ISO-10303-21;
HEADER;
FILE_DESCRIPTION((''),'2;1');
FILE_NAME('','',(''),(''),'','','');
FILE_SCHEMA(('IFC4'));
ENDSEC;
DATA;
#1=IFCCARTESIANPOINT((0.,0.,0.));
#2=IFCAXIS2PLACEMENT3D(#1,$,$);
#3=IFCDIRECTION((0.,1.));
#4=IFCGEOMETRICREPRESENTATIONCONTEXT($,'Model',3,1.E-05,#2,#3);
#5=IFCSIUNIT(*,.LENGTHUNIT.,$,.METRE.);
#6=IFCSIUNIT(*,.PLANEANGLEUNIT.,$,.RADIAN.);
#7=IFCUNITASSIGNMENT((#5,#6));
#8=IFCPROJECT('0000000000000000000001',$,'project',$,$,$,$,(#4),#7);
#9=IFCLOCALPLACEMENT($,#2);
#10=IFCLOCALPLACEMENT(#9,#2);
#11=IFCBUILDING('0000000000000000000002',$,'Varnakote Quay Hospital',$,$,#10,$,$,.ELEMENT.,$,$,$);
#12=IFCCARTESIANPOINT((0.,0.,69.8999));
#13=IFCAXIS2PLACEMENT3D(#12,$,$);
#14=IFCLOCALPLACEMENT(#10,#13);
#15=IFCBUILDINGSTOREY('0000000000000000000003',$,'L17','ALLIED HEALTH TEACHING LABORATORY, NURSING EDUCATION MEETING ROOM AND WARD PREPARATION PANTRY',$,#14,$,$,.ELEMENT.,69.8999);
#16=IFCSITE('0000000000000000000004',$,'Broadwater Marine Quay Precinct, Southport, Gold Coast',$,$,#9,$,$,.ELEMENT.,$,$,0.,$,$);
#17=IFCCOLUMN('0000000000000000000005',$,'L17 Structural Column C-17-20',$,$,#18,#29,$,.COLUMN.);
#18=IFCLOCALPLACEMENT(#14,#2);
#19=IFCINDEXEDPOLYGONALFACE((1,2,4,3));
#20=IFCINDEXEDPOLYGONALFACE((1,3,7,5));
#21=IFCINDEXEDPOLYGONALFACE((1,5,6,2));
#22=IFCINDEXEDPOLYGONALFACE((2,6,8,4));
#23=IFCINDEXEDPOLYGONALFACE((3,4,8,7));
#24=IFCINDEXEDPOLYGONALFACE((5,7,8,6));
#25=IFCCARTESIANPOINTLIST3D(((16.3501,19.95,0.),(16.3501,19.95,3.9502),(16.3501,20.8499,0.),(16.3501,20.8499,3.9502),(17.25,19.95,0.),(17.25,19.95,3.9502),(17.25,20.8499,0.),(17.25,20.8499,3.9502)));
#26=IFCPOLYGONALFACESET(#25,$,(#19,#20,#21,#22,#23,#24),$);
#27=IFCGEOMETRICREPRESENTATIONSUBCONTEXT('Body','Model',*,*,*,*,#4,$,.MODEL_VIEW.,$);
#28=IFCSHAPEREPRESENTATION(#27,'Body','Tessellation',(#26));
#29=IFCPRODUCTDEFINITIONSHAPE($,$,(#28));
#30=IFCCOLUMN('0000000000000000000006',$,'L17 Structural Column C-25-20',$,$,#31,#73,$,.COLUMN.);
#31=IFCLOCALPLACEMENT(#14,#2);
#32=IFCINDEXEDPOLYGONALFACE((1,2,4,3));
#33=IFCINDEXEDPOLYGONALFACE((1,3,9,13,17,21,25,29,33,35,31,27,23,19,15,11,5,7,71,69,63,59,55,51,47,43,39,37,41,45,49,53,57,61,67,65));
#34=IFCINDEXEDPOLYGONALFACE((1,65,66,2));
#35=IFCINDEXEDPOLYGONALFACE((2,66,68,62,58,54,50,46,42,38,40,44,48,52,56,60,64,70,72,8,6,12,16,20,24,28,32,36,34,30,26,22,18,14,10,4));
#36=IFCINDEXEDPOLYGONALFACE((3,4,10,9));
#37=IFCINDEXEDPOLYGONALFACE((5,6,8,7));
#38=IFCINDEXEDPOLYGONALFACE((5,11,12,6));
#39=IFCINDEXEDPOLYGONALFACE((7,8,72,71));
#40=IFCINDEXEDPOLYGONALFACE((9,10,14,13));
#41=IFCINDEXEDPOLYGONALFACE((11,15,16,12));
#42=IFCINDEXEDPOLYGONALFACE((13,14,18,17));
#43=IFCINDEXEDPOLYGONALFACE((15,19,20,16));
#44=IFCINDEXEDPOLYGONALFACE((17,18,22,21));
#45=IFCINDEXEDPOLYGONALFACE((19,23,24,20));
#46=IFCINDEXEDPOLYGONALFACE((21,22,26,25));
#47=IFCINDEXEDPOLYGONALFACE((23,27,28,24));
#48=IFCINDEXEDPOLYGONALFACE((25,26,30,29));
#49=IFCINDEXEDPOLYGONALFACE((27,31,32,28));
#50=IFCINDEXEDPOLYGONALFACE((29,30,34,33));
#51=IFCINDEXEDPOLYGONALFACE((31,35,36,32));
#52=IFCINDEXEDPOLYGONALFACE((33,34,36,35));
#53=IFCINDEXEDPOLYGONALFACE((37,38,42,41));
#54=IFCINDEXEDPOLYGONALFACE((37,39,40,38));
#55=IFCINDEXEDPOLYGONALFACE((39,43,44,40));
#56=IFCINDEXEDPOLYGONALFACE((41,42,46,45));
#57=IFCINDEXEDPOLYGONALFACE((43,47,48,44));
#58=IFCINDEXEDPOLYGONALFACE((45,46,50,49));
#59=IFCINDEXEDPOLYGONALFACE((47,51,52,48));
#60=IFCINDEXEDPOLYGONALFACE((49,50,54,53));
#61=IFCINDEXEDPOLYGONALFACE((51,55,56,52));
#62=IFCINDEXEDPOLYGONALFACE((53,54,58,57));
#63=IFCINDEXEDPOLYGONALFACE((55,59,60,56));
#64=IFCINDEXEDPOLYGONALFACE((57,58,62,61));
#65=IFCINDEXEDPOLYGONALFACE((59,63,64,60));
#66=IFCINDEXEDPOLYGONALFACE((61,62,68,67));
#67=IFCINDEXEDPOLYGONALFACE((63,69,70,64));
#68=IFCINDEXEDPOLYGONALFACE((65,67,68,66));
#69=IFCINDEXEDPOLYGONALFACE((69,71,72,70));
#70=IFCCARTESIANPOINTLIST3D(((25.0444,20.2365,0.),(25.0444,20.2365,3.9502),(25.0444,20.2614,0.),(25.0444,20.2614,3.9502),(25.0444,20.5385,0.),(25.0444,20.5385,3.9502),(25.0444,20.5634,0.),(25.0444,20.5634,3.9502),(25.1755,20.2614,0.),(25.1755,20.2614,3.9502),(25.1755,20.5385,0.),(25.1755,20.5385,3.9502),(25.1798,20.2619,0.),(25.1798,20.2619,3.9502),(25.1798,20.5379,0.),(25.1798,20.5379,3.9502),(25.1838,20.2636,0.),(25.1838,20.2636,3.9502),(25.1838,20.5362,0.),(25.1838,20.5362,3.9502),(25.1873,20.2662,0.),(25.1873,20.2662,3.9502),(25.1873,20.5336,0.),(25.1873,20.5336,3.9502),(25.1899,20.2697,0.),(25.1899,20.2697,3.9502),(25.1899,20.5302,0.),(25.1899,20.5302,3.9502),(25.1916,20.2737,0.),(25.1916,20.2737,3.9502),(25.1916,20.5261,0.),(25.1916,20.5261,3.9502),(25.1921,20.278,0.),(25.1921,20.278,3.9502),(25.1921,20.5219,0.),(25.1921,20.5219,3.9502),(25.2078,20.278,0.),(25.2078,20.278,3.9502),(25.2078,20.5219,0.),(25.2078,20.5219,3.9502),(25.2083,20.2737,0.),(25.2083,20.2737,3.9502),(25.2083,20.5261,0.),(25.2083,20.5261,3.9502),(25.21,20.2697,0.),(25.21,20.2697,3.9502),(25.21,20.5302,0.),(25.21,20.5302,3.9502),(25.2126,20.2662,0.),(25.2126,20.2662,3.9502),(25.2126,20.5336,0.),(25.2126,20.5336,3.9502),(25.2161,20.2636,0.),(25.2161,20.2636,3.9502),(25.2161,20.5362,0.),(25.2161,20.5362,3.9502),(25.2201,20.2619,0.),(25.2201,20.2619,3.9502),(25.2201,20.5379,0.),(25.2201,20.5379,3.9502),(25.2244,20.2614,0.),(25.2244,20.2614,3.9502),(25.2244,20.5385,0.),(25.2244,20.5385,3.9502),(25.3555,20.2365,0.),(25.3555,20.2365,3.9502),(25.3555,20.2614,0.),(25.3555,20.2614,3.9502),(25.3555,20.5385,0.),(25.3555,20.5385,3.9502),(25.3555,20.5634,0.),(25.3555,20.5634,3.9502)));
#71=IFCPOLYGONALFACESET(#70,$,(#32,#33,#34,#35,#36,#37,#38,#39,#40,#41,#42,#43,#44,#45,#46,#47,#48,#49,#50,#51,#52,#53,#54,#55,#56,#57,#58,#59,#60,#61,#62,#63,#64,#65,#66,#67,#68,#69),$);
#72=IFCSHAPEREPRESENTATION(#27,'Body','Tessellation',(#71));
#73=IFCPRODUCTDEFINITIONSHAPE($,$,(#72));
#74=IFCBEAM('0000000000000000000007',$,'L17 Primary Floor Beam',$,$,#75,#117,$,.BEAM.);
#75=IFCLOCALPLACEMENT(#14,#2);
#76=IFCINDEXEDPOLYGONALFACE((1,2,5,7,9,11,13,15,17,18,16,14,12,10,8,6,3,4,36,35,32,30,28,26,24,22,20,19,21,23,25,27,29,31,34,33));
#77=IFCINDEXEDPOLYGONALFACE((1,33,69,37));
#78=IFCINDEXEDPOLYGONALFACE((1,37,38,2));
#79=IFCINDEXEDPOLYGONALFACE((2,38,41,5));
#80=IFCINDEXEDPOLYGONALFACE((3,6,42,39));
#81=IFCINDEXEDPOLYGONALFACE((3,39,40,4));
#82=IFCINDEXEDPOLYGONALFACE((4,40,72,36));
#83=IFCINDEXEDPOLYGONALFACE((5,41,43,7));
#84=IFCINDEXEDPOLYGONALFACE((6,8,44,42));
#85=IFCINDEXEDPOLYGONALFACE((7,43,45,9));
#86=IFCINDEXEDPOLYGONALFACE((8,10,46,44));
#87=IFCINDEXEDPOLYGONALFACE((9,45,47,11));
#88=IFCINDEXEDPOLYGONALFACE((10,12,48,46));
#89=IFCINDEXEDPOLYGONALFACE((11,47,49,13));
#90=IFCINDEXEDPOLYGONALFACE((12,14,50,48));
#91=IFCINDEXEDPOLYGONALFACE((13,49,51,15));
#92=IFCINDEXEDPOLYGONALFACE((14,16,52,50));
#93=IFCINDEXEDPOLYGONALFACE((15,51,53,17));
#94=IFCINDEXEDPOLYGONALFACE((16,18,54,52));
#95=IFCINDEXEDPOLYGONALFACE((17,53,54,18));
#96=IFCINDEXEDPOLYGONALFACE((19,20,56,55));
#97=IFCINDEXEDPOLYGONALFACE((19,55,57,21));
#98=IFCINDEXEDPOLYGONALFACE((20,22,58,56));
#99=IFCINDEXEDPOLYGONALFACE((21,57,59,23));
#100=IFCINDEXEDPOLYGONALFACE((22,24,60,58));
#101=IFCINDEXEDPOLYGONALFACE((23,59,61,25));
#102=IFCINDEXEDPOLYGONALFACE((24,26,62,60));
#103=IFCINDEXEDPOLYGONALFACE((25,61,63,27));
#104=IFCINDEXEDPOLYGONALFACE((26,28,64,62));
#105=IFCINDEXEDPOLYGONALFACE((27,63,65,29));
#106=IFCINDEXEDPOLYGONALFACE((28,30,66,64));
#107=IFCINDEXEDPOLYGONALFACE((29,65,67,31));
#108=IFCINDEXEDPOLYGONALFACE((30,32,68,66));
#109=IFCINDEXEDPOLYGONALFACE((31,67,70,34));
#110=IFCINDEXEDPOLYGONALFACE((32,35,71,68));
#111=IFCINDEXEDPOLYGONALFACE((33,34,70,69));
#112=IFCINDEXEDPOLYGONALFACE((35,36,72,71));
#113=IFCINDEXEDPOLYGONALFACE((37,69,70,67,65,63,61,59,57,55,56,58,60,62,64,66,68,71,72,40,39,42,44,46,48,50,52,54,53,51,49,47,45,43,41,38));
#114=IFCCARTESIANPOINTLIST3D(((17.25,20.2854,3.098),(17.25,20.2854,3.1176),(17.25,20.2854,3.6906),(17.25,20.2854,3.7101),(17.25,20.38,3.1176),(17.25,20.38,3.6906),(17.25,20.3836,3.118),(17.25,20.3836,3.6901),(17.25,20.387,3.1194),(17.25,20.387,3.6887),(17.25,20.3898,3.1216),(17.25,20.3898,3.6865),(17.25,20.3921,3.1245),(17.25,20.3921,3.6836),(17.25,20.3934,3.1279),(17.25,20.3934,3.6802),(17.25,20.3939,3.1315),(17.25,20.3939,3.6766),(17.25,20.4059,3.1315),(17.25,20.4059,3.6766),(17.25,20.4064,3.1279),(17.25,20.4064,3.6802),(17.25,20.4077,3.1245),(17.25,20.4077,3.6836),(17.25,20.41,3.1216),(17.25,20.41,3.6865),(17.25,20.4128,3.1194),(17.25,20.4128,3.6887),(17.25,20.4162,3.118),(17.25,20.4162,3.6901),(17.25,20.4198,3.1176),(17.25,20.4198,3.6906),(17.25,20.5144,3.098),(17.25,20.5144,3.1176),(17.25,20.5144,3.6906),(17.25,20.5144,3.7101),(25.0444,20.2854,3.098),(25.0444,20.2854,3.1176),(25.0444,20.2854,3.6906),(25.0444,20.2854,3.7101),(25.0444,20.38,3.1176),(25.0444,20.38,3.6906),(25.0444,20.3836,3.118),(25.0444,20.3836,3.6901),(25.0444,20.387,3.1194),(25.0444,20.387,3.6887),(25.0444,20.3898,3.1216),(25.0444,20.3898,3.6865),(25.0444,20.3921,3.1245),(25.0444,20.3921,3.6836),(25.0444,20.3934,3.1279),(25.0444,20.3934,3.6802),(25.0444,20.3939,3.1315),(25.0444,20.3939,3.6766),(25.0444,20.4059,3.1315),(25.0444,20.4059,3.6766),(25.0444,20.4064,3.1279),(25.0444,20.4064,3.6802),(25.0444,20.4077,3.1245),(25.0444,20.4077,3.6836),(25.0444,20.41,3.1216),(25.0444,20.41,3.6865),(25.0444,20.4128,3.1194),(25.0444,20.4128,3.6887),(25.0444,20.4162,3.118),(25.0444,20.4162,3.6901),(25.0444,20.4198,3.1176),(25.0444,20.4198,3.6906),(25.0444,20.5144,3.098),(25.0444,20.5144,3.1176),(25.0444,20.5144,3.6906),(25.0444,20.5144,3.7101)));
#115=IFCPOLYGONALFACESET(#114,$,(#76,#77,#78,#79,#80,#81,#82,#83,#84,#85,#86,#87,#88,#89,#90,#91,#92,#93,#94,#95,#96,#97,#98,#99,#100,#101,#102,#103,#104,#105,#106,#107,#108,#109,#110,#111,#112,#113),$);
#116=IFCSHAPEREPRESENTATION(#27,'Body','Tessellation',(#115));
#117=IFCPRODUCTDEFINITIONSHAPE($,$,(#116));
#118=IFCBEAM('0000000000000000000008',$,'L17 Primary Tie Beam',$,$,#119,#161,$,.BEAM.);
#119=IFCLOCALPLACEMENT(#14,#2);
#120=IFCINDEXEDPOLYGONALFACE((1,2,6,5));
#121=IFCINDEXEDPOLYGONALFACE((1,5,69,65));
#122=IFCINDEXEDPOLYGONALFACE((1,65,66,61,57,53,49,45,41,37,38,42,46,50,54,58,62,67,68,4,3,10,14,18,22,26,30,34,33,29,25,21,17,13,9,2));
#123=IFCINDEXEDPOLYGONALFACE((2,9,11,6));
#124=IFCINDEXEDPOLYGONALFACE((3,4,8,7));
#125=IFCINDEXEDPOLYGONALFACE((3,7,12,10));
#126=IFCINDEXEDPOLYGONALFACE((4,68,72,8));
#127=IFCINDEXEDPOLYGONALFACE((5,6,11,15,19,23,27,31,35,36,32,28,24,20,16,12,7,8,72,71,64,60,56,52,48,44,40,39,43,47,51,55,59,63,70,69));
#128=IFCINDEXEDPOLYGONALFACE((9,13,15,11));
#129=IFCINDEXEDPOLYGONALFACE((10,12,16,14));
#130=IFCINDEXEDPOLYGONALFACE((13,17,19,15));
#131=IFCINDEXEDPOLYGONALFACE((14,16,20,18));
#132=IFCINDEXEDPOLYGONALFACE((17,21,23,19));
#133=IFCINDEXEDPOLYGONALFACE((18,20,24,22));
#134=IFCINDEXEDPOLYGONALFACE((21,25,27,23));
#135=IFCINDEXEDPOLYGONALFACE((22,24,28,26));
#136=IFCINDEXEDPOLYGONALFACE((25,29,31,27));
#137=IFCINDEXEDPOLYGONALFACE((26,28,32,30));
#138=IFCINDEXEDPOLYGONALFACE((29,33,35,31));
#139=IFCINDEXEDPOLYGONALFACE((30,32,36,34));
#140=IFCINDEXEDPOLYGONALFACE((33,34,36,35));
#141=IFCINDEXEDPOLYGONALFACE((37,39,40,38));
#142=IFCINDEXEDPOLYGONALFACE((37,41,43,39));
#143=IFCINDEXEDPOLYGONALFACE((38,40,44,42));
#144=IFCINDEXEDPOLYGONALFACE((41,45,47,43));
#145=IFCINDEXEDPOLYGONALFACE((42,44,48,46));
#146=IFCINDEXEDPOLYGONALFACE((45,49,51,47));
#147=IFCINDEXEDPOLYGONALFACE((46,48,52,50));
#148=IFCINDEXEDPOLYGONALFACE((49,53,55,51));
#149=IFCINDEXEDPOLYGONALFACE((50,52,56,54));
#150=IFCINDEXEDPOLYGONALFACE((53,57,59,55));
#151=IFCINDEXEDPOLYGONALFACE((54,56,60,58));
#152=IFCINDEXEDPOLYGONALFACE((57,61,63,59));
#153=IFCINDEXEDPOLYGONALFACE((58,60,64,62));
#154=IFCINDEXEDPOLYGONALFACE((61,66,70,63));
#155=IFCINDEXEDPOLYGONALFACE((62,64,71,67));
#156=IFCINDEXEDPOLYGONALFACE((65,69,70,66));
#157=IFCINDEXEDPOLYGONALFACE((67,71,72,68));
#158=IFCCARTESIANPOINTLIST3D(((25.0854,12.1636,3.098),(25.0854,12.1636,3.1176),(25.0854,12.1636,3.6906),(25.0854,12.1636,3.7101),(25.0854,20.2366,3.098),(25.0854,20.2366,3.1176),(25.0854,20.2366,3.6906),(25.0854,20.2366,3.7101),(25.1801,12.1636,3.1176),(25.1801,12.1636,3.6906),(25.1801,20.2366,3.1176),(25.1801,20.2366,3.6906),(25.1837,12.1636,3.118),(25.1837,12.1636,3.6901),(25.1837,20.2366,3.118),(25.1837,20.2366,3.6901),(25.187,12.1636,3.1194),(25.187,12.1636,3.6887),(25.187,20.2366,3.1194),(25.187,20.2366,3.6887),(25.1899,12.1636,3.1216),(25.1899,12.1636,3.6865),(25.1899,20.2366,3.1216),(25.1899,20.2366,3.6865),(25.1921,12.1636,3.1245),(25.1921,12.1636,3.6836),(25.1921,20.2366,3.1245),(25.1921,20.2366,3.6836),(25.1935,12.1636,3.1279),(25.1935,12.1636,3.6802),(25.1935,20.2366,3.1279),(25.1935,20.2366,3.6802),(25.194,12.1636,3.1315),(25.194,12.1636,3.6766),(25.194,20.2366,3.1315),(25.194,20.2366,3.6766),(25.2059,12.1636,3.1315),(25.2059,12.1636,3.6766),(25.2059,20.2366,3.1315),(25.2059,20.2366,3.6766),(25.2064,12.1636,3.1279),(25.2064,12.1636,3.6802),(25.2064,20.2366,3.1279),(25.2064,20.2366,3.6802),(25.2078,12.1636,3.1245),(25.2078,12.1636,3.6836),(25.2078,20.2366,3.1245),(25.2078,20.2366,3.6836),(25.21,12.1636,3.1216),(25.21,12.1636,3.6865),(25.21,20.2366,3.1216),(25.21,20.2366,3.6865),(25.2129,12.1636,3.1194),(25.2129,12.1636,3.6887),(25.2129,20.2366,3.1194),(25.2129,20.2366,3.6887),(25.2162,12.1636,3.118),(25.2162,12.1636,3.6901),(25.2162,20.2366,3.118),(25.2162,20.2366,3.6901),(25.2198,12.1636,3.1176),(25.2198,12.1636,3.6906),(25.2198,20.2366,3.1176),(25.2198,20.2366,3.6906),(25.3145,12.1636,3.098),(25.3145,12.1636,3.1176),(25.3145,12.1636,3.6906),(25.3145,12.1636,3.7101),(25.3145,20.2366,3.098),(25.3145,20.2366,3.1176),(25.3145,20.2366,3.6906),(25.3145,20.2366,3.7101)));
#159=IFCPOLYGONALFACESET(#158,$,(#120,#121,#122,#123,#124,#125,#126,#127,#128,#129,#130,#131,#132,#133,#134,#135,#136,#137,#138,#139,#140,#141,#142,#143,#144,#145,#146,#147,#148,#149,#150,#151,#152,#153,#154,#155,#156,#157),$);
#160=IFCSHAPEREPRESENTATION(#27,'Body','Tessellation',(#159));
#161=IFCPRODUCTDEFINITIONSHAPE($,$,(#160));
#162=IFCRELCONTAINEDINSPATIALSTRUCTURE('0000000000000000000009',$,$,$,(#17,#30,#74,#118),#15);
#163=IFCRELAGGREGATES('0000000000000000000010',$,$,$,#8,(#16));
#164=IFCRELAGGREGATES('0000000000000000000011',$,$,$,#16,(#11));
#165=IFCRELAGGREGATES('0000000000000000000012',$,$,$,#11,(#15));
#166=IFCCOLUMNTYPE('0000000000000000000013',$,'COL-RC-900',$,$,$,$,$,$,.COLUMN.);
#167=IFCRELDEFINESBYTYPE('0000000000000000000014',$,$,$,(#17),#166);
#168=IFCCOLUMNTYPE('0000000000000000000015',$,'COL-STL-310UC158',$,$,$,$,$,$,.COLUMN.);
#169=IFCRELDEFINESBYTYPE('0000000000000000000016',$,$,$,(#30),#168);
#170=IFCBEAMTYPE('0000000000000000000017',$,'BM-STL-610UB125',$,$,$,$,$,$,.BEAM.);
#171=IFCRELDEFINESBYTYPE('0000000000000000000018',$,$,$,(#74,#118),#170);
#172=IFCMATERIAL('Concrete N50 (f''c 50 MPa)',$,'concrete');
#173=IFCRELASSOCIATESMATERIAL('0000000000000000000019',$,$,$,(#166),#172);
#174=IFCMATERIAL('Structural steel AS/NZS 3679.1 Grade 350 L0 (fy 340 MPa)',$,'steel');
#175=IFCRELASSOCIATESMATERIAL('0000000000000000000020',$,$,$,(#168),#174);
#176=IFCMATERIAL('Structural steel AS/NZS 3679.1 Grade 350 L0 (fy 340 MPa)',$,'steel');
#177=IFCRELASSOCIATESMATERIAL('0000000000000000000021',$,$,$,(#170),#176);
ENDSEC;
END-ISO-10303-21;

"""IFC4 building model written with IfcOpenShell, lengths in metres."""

from ifc_helpers import new_model, si_unit, direction, frame, origin, origin_2d, place, context, subcontext, project, spatial, rectangle, i_section, extrude, material, material_profile, profile_set, type_object, element, save


model = new_model("IFC4")

# Units and contexts
model_context = context("Model", 3, precision=1e-05, world=origin(), true_north=direction((0.0, 1.0)))
body_context = subcontext(model_context, "Body", "Model", "MODEL_VIEW")
ifc_project = project(units=[si_unit("LENGTHUNIT", "METRE"), si_unit("PLANEANGLEUNIT", "RADIAN")], contexts=[model_context])

# Site, building, storey
site_placement = place(None, origin())
site = spatial("IfcSite", under=ifc_project, at=site_placement, Name="Broadwater Marine Quay Precinct, Southport, Gold Coast", CompositionType="ELEMENT", RefElevation=0.0)
building_placement = place(site_placement, origin())
building = spatial("IfcBuilding", under=site, at=building_placement, Name="Varnakote Quay Hospital", CompositionType="ELEMENT")
storey_placement = place(building_placement, frame((0.0, 0.0, 69.8999)))
storey = spatial("IfcBuildingStorey", under=building, at=storey_placement, Name="L17", Description="ALLIED HEALTH TEACHING LABORATORY, NURSING EDUCATION MEETING ROOM AND WARD PREPARATION PANTRY", CompositionType="ELEMENT", Elevation=69.8999)

# Columns
ifc_material_1 = material(Name="Concrete N50 (f'c 50 MPa)", Category="concrete")
ifc_material_profile_1 = material_profile(ifc_material_1, rectangle(XDim=0.8999, YDim=0.8999, at=origin_2d()), Name="RC-COL-900x900")
ifc_profile_set_1 = profile_set([ifc_material_profile_1], Name="Concrete N50 (f'c 50 MPa)")
column_type_1 = type_object("IfcColumnType", Name="COL-RC-900", PredefinedType="COLUMN", material=ifc_profile_set_1)
column_1_placement = place(storey_placement, frame((16.8, 20.3999, 0.0), z_axis=(0.0, 0.0, 1.0), x_axis=(1.0, 0.0, 0.0)))
element("IfcColumn", 1, at=column_1_placement, inside=storey, type_object=column_type_1, Name="L17 Structural Column C-17-20", PredefinedType="COLUMN", context=body_context, shape_type="SweptSolid", body=[
    extrude(rectangle(XDim=0.8999, YDim=0.8999, at=origin_2d()), origin(), (0.0, 0.0, 1.0), 3.9502),
])
ifc_material_2 = material(Name="Structural steel AS/NZS 3679.1 Grade 350 L0 (fy 340 MPa)", Category="steel")
ifc_material_profile_2 = material_profile(ifc_material_2, i_section(OverallWidth=0.311, OverallDepth=0.3269, WebThickness=0.0156, FlangeThickness=0.0249, FilletRadius=0.0166, at=origin_2d()), Name="310UC158")
ifc_profile_set_2 = profile_set([ifc_material_profile_2], Name="Structural steel AS/NZS 3679.1 Grade 350 L0 (fy 340 MPa)")
column_type_2 = type_object("IfcColumnType", Name="COL-STL-310UC158", PredefinedType="COLUMN", material=ifc_profile_set_2)
column_2_placement = place(storey_placement, frame((25.2, 20.3999, 0.0), z_axis=(0.0, 0.0, 1.0), x_axis=(1.0, 0.0, 0.0)))
element("IfcColumn", 2, at=column_2_placement, inside=storey, type_object=column_type_2, Name="L17 Structural Column C-25-20", PredefinedType="COLUMN", context=body_context, shape_type="SweptSolid", body=[
    extrude(i_section(OverallWidth=0.311, OverallDepth=0.3269, WebThickness=0.0156, FlangeThickness=0.0249, FilletRadius=0.0166, at=origin_2d()), origin(), (0.0, 0.0, 1.0), 3.9502),
])

# Beams
ifc_material_3 = material(Name="Structural steel AS/NZS 3679.1 Grade 350 L0 (fy 340 MPa)", Category="steel")
ifc_material_profile_3 = material_profile(ifc_material_3, i_section(OverallWidth=0.229, OverallDepth=0.6121, WebThickness=0.012, FlangeThickness=0.0195, FilletRadius=0.0139, at=origin_2d()), Name="610UB125")
ifc_profile_set_3 = profile_set([ifc_material_profile_3], Name="Structural steel AS/NZS 3679.1 Grade 350 L0 (fy 340 MPa)")
beam_type_1 = type_object("IfcBeamType", Name="BM-STL-610UB125", PredefinedType="BEAM", material=ifc_profile_set_3)
beam_1_placement = place(storey_placement, frame((17.25, 20.3999, 3.4041), z_axis=(1.0, 0.0, 0.0), x_axis=(0.0, 1.0, 0.0)))
element("IfcBeam", 3, at=beam_1_placement, inside=storey, type_object=beam_type_1, Name="L17 Primary Floor Beam", PredefinedType="BEAM", context=body_context, shape_type="SweptSolid", body=[
    extrude(i_section(OverallWidth=0.229, OverallDepth=0.6121, WebThickness=0.012, FlangeThickness=0.0195, FilletRadius=0.0139, at=origin_2d()), origin(), (0.0, 0.0, 1.0), 7.7944),
])
beam_2_placement = place(storey_placement, frame((25.2, 12.1636, 3.4041), z_axis=(0.0, 1.0, 0.0), x_axis=(-1.0, 0.0, 0.0)))
element("IfcBeam", 4, at=beam_2_placement, inside=storey, type_object=beam_type_1, Name="L17 Primary Tie Beam", PredefinedType="BEAM", context=body_context, shape_type="SweptSolid", body=[
    extrude(i_section(OverallWidth=0.229, OverallDepth=0.6121, WebThickness=0.012, FlangeThickness=0.0195, FilletRadius=0.0139, at=origin_2d()), origin(), (0.0, 0.0, 1.0), 8.073),
])

save(model, "model.ifc")
